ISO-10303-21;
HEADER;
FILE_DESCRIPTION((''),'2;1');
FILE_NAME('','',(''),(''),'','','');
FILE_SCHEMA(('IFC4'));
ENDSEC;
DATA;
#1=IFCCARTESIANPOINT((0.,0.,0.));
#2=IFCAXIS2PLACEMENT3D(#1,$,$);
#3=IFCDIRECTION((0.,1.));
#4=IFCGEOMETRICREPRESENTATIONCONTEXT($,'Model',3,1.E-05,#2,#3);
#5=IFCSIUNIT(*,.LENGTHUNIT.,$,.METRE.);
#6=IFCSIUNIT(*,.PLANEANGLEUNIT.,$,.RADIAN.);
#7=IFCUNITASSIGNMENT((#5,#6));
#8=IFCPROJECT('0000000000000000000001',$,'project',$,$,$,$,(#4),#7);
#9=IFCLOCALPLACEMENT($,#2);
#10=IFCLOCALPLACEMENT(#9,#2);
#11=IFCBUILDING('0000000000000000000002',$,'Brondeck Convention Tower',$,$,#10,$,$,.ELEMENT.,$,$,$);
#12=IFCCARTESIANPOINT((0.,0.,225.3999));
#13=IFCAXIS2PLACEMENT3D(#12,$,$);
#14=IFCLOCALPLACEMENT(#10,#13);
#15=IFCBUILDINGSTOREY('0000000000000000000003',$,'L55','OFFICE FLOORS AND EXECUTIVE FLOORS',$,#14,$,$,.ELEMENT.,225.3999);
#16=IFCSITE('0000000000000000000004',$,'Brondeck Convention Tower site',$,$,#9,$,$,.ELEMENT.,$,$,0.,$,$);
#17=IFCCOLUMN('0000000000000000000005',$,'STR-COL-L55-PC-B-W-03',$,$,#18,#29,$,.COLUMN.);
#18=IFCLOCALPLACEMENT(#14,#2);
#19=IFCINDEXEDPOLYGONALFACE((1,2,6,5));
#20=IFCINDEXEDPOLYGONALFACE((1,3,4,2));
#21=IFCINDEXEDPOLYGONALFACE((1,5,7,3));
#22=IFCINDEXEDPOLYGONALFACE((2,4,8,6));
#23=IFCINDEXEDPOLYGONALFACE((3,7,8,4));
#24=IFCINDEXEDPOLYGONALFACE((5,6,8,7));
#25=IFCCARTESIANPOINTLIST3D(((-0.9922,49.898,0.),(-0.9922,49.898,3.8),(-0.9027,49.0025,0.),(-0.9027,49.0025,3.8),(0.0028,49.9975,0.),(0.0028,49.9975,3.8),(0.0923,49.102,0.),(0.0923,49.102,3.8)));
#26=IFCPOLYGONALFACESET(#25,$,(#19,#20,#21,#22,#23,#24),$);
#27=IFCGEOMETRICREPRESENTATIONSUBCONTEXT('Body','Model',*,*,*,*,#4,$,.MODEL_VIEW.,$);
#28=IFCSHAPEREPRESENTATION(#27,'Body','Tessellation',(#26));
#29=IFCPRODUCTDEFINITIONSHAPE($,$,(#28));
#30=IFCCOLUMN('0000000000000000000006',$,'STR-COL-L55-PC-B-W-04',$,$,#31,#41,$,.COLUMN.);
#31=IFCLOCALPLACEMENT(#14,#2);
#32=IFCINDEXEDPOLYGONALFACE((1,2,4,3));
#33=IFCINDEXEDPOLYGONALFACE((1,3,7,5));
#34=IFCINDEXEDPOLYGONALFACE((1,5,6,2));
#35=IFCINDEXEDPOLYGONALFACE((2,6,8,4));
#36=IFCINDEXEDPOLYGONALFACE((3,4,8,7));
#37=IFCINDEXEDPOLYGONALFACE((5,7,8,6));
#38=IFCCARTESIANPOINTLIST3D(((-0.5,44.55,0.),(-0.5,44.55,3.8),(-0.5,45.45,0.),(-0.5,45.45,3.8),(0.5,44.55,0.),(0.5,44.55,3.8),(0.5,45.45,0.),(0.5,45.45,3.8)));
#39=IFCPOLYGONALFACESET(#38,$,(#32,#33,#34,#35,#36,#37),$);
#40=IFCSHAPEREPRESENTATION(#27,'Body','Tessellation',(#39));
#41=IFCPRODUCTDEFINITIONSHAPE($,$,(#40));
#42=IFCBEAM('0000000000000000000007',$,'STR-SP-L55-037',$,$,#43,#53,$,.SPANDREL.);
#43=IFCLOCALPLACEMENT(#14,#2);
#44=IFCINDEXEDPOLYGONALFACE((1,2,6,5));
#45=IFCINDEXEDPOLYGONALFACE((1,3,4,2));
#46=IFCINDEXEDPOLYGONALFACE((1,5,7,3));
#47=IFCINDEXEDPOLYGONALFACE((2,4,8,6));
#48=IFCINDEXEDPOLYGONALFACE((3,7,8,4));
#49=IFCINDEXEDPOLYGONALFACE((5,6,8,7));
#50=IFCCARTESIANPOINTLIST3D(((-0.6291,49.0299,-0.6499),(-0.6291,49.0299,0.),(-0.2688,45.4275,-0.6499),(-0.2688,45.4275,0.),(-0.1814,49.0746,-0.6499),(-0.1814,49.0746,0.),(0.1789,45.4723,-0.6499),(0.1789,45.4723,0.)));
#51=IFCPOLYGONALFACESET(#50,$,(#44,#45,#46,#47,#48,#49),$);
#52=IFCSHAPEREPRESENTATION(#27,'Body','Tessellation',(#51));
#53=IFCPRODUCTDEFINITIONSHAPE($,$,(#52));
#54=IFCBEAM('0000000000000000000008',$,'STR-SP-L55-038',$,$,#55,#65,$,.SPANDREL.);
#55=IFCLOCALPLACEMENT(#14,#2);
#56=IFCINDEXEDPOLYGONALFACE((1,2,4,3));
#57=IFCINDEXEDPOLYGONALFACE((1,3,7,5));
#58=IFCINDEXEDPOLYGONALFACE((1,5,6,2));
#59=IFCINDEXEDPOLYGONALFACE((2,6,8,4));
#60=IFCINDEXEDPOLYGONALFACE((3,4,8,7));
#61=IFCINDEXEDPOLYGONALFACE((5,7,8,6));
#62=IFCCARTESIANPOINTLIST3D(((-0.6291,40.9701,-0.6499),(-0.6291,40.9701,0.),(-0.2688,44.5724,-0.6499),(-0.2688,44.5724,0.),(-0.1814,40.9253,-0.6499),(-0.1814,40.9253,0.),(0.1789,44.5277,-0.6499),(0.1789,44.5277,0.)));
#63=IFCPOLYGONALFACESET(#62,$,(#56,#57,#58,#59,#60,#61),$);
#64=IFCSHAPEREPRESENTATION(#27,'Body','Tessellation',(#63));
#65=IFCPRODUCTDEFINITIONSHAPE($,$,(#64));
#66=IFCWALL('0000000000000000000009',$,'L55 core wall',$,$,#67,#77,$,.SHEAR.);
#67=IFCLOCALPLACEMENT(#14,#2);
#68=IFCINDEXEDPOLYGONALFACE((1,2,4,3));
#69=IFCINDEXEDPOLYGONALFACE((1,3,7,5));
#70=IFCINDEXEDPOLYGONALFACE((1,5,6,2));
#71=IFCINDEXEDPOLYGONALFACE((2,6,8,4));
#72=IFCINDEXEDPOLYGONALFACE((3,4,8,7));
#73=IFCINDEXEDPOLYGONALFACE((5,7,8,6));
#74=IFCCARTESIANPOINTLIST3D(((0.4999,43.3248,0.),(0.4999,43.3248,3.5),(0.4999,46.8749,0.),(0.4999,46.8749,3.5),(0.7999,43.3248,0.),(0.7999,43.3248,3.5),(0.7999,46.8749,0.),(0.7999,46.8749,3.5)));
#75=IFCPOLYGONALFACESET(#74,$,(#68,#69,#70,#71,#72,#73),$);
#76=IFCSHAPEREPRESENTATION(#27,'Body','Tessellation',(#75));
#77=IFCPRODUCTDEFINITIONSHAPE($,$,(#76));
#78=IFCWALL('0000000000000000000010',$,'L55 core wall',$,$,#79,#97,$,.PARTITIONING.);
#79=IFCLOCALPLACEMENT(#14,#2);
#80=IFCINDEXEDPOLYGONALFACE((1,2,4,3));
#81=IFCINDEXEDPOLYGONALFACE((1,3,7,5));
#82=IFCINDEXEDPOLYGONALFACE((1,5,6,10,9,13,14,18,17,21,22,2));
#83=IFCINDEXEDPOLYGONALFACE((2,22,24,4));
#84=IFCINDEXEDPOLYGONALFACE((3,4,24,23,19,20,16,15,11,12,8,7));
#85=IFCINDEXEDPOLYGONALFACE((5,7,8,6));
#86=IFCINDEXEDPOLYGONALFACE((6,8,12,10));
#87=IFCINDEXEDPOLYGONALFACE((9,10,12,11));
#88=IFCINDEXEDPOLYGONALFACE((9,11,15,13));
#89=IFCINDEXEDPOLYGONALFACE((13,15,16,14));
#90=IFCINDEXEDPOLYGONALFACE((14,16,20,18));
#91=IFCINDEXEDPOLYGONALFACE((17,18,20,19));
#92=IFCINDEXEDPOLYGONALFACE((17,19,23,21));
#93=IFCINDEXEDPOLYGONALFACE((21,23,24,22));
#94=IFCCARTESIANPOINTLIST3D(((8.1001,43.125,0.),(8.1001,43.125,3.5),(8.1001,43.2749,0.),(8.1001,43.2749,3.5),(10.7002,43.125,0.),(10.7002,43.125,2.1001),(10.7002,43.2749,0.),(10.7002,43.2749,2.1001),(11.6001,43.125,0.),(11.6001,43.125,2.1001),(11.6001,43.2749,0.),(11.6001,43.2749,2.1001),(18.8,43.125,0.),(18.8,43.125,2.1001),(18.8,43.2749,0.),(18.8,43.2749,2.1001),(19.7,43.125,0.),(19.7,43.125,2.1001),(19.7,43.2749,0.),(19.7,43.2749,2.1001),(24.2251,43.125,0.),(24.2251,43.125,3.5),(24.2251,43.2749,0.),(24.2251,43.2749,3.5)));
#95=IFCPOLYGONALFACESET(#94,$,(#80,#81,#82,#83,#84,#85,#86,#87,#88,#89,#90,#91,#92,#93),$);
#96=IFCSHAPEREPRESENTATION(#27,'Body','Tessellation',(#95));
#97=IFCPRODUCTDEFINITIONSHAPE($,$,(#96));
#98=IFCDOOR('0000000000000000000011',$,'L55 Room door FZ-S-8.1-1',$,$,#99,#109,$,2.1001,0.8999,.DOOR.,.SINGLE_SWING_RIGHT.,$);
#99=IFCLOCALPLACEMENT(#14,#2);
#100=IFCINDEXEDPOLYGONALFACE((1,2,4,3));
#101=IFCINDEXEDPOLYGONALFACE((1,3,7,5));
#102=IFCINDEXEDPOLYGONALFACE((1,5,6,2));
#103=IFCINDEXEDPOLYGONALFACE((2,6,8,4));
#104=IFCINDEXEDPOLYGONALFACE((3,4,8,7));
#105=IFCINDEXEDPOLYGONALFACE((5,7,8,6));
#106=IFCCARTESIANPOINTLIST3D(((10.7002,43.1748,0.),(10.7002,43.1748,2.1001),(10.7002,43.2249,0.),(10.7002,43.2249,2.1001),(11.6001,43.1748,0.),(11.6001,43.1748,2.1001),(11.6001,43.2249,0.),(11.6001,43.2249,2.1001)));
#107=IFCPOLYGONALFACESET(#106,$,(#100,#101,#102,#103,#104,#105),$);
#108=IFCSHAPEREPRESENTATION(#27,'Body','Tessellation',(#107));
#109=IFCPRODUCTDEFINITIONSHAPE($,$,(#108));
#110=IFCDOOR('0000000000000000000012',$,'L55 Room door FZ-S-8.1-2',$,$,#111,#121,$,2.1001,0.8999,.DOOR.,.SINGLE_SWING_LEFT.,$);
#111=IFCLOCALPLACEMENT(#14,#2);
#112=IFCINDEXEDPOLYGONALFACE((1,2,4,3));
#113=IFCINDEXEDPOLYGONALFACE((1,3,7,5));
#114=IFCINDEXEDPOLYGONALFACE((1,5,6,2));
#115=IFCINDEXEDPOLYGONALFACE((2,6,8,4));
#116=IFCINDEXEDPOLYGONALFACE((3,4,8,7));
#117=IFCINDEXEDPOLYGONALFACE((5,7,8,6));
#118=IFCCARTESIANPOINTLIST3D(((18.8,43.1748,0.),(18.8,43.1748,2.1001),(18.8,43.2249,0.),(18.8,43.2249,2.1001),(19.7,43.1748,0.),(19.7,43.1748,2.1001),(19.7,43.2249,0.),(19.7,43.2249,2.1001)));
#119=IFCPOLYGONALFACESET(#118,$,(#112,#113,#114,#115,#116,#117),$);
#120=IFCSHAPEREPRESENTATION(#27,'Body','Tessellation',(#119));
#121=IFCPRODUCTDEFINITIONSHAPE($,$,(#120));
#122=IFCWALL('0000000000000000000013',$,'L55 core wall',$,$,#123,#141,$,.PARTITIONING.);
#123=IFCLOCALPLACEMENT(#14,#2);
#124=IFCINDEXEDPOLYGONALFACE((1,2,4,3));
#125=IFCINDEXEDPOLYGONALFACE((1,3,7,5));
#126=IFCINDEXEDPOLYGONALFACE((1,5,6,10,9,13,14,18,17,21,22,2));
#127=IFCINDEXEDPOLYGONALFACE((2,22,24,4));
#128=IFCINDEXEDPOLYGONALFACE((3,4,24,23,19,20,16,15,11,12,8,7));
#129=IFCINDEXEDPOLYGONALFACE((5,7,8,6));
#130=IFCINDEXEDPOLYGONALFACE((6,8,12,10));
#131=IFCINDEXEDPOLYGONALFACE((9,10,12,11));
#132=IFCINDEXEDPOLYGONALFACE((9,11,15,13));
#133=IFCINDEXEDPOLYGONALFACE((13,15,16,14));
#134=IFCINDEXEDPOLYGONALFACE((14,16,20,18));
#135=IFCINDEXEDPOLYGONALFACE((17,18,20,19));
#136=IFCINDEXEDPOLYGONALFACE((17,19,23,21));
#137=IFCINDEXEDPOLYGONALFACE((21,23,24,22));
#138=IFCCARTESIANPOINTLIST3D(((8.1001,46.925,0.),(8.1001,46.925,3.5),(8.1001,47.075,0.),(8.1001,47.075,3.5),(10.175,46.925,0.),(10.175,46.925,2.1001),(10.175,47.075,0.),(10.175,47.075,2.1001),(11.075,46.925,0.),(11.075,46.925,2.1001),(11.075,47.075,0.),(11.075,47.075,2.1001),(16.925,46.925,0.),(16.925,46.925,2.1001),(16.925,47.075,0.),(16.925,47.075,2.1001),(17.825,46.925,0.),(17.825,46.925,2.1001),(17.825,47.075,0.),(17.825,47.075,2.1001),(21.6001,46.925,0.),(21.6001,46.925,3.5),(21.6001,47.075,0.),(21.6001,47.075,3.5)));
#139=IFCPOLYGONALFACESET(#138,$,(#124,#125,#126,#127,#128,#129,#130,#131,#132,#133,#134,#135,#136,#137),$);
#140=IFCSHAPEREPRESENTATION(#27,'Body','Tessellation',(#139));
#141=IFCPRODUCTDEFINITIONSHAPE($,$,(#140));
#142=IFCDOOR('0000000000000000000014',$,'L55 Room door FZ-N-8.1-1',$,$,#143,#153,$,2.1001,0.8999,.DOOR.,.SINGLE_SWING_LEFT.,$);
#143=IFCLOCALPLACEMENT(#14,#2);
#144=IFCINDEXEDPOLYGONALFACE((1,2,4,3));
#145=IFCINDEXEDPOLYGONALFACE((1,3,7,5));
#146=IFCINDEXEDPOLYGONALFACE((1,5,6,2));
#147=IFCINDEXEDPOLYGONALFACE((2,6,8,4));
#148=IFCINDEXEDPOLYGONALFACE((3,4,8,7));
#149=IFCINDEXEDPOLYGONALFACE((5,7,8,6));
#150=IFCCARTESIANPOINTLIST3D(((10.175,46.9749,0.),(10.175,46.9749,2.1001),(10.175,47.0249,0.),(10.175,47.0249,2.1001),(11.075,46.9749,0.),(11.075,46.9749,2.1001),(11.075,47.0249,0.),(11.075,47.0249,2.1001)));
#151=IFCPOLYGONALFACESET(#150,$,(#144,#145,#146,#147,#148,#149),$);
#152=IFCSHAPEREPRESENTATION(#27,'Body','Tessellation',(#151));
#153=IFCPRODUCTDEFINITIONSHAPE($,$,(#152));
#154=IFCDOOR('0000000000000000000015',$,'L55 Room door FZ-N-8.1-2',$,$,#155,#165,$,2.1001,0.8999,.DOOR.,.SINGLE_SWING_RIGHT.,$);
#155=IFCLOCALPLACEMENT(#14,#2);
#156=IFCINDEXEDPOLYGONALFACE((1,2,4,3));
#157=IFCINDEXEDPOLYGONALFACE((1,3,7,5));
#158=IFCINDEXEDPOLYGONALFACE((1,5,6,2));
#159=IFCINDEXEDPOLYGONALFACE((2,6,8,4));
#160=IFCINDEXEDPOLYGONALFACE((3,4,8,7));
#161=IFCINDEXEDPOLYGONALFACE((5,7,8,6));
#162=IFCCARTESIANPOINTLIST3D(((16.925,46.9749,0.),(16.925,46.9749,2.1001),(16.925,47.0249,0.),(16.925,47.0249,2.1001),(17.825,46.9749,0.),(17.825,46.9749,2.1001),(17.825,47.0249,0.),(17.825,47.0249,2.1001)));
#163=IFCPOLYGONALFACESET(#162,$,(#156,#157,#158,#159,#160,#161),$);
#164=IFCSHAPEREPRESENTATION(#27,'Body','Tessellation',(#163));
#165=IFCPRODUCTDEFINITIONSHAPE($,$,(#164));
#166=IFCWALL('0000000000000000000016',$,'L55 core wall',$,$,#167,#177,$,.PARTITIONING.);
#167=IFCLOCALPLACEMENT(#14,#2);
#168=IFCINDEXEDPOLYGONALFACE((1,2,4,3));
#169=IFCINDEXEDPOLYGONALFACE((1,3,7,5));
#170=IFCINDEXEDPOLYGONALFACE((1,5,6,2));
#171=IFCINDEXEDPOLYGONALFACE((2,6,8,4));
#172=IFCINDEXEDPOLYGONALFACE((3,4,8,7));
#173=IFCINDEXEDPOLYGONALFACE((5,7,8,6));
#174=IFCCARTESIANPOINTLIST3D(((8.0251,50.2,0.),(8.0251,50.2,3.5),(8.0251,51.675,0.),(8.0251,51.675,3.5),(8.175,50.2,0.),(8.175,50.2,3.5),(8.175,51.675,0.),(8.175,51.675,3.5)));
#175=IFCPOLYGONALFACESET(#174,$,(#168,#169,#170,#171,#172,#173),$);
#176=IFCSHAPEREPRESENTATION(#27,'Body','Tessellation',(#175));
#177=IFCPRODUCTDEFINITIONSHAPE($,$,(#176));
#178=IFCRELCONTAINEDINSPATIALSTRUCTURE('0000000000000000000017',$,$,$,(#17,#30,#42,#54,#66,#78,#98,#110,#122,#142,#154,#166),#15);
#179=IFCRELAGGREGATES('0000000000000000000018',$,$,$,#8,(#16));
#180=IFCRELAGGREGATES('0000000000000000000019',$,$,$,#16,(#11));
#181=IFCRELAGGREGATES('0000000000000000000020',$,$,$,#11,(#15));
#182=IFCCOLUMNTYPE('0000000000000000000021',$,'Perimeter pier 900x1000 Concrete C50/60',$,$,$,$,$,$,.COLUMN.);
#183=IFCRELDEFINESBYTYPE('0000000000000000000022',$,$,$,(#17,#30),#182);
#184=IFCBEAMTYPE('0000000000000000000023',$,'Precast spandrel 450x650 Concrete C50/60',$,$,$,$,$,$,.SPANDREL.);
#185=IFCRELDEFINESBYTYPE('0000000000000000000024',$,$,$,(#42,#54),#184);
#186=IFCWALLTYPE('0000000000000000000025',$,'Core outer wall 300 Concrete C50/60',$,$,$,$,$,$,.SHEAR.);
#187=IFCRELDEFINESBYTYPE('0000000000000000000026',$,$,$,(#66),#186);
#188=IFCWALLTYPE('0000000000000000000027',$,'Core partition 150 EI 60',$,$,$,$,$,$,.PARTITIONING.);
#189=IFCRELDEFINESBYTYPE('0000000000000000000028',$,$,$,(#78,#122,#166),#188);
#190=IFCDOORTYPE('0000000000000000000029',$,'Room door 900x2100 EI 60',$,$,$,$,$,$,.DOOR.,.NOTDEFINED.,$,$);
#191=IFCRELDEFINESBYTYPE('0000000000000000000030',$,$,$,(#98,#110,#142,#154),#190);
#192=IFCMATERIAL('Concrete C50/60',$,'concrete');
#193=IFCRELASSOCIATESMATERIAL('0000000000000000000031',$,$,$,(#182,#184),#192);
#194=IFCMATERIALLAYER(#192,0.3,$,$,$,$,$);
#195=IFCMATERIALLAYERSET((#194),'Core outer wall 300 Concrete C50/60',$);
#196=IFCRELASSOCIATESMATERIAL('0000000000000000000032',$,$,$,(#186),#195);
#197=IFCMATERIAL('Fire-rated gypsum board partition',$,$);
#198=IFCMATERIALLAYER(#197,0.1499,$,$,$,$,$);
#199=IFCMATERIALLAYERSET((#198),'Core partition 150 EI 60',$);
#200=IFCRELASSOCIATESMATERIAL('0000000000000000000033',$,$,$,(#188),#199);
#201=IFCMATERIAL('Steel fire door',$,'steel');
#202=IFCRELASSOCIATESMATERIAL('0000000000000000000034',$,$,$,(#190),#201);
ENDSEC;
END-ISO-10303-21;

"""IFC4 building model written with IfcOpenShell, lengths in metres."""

from ifc_helpers import new_model, si_unit, direction, frame, frame_2d, origin, origin_2d, place, context, subcontext, project, spatial, rectangle, extrude, material, layer, layer_set, material_profile, profile_set, type_object, element, fill, save


model = new_model("IFC4")

# Units and contexts
model_context = context("Model", 3, precision=1e-05, world=origin(), true_north=direction((0.0, 1.0)))
body_context = subcontext(model_context, "Body", "Model", "MODEL_VIEW")
ifc_project = project(units=[si_unit("LENGTHUNIT", "METRE"), si_unit("PLANEANGLEUNIT", "RADIAN")], contexts=[model_context])

# Site, building, storey
site_placement = place(None, origin())
site = spatial("IfcSite", under=ifc_project, at=site_placement, Name="Brondeck Convention Tower site", CompositionType="ELEMENT", RefElevation=0.0)
building_placement = place(site_placement, origin())
building = spatial("IfcBuilding", under=site, at=building_placement, Name="Brondeck Convention Tower", CompositionType="ELEMENT")
storey_placement = place(building_placement, frame((0.0, 0.0, 225.3999)))
storey = spatial("IfcBuildingStorey", under=building, at=storey_placement, Name="L55", Description="OFFICE FLOORS AND EXECUTIVE FLOORS", CompositionType="ELEMENT", Elevation=225.3999)

# Columns
ifc_material_1 = material(Name="Concrete C50/60", Category="concrete")
ifc_material_profile_1 = material_profile(ifc_material_1, rectangle(XDim=0.8999, YDim=1.0, at=origin_2d()), Name="Perimeter pier 900x1000 Concrete C50/60")
ifc_profile_set_1 = profile_set([ifc_material_profile_1], Name="Concrete C50/60")
column_type = type_object("IfcColumnType", Name="Perimeter pier 900x1000 Concrete C50/60", PredefinedType="COLUMN", material=ifc_profile_set_1)
for number, where, z_axis, x_axis, name in (
    (1, (-0.45, 49.5, 0.0), (0.0, 0.0, 1.0), (0.099504, -0.995037, 0.0), "STR-COL-L55-PC-B-W-03"),
    (2, (0.0, 45.0, 0.0), (0.0, 0.0, 1.0), (0.0, -1.0, 0.0), "STR-COL-L55-PC-B-W-04"),
):
    element("IfcColumn", number, at=place(storey_placement, frame(where, z_axis=z_axis, x_axis=x_axis)), inside=storey, type_object=column_type, Name=name, PredefinedType="COLUMN", context=body_context, shape_type="SweptSolid", body=[
        extrude(rectangle(XDim=0.8999, YDim=1.0, at=origin_2d()), origin(), (0.0, 0.0, 1.0), 3.8),
    ])

# Beams
ifc_material_profile_2 = material_profile(ifc_material_1, rectangle(XDim=0.45, YDim=0.6499, at=origin_2d()), Name="Precast spandrel 450x650 Concrete C50/60")
ifc_profile_set_2 = profile_set([ifc_material_profile_2], Name="Concrete C50/60")
beam_type = type_object("IfcBeamType", Name="Precast spandrel 450x650 Concrete C50/60", PredefinedType="SPANDREL", material=ifc_profile_set_2)
for number, where, z_axis, x_axis, name in (
    (3, (-0.4053, 49.0522, -0.325), (0.099537, -0.995034, 0.0), (0.995034, 0.099537, 0.0), "STR-SP-L55-037"),
    (4, (-0.0449, 44.55, -0.325), (-0.099537, -0.995034, 0.0), (0.995034, -0.099537, 0.0), "STR-SP-L55-038"),
):
    element("IfcBeam", number, at=place(storey_placement, frame(where, z_axis=z_axis, x_axis=x_axis)), inside=storey, type_object=beam_type, Name=name, PredefinedType="SPANDREL", context=body_context, shape_type="SweptSolid", body=[
        extrude(rectangle(XDim=0.45, YDim=0.6499, at=origin_2d()), origin(), (0.0, 0.0, 1.0), 3.6204),
    ])

# Wall
ifc_layer_1 = layer(ifc_material_1, 0.3)
ifc_layer_set_1 = layer_set([ifc_layer_1], Name="Core outer wall 300 Concrete C50/60")
wall_type_1 = type_object("IfcWallType", Name="Core outer wall 300 Concrete C50/60", PredefinedType="SHEAR", material=ifc_layer_set_1)
wall_1_placement = place(storey_placement, frame((0.6499, 43.325, 0.0), z_axis=(0.0, 0.0, 1.0), x_axis=(0.0, 1.0, 0.0)))
element("IfcWall", 5, at=wall_1_placement, inside=storey, type_object=wall_type_1, Name="L55 core wall", PredefinedType="SHEAR", context=body_context, shape_type="SweptSolid", body=[
    extrude(rectangle(XDim=3.55, YDim=0.3, at=frame_2d((1.7749, 0.0))), origin(), (0.0, 0.0, 1.0), 3.5),
])

# Walls, openings, doors
ifc_material_2 = material(Name="Fire-rated gypsum board partition")
ifc_layer_2 = layer(ifc_material_2, 0.1499)
ifc_layer_set_2 = layer_set([ifc_layer_2], Name="Core partition 150 EI 60")
wall_type_2 = type_object("IfcWallType", Name="Core partition 150 EI 60", PredefinedType="PARTITIONING", material=ifc_layer_set_2)
wall_2_placement = place(storey_placement, frame((8.1001, 43.2, 0.0), z_axis=(0.0, 0.0, 1.0), x_axis=(1.0, 0.0, 0.0)))
wall_2 = element("IfcWall", 6, at=wall_2_placement, inside=storey, type_object=wall_type_2, Name="L55 core wall", PredefinedType="PARTITIONING", context=body_context, shape_type="SweptSolid", body=[
    extrude(rectangle(XDim=16.125, YDim=0.1499, at=frame_2d((8.0625, 0.0))), origin(), (0.0, 0.0, 1.0), 3.5),
])
opening_1_placement = place(wall_2_placement, frame((2.6001, 0.0, 0.0)))
opening_1 = element("IfcOpeningElement", 7, at=opening_1_placement, cuts=wall_2, PredefinedType="OPENING", context=body_context, shape_type="SweptSolid", body=[
    extrude(rectangle(XDim=0.8999, YDim=2.1001, at=frame_2d((0.45, 1.05))), frame((0.0, 0.085, 0.0), z_axis=(0.0, -1.0, 0.0), x_axis=(1.0, 0.0, 0.0)), (0.0, 0.0, 1.0), 0.1699),
])
opening_2_placement = place(wall_2_placement, frame((10.7, 0.0, 0.0)))
opening_2 = element("IfcOpeningElement", 8, at=opening_2_placement, cuts=wall_2, PredefinedType="OPENING", context=body_context, shape_type="SweptSolid", body=[
    extrude(rectangle(XDim=0.8999, YDim=2.1001, at=frame_2d((0.45, 1.05))), frame((0.0, 0.085, 0.0), z_axis=(0.0, -1.0, 0.0), x_axis=(1.0, 0.0, 0.0)), (0.0, 0.0, 1.0), 0.1699),
])
ifc_material_3 = material(Name="Steel fire door", Category="steel")
door_type_1 = type_object("IfcDoorType", Name="Room door 900x2100 EI 60", OperationType="NOTDEFINED", PredefinedType="DOOR", material=ifc_material_3)
door_1_placement = place(opening_1_placement, origin())
door_1 = element("IfcDoor", 9, at=door_1_placement, inside=storey, type_object=door_type_1, Name="L55 Room door FZ-S-8.1-1", OperationType="SINGLE_SWING_RIGHT", OverallHeight=2.1001, OverallWidth=0.8999, PredefinedType="DOOR", context=body_context, shape_type="SweptSolid", body=[
    extrude(rectangle(XDim=0.8999, YDim=2.1001, at=frame_2d((0.45, 1.05))), frame((0.0, 0.0249, 0.0), z_axis=(0.0, -1.0, 0.0), x_axis=(1.0, 0.0, 0.0)), (0.0, 0.0, 1.0), 0.05),
])
fill(opening_1, door_1)
door_2_placement = place(opening_2_placement, origin())
door_2 = element("IfcDoor", 10, at=door_2_placement, inside=storey, type_object=door_type_1, Name="L55 Room door FZ-S-8.1-2", OperationType="SINGLE_SWING_LEFT", OverallHeight=2.1001, OverallWidth=0.8999, PredefinedType="DOOR", context=body_context, shape_type="SweptSolid", body=[
    extrude(rectangle(XDim=0.8999, YDim=2.1001, at=frame_2d((0.45, 1.05))), frame((0.0, 0.0249, 0.0), z_axis=(0.0, -1.0, 0.0), x_axis=(1.0, 0.0, 0.0)), (0.0, 0.0, 1.0), 0.05),
])
fill(opening_2, door_2)
wall_3_placement = place(storey_placement, frame((8.1001, 47.0, 0.0), z_axis=(0.0, 0.0, 1.0), x_axis=(1.0, 0.0, 0.0)))
wall_3 = element("IfcWall", 11, at=wall_3_placement, inside=storey, type_object=wall_type_2, Name="L55 core wall", PredefinedType="PARTITIONING", context=body_context, shape_type="SweptSolid", body=[
    extrude(rectangle(XDim=13.5, YDim=0.1499, at=frame_2d((6.75, 0.0))), origin(), (0.0, 0.0, 1.0), 3.5),
])
opening_3_placement = place(wall_3_placement, frame((2.075, 0.0, 0.0)))
opening_3 = element("IfcOpeningElement", 12, at=opening_3_placement, cuts=wall_3, PredefinedType="OPENING", context=body_context, shape_type="SweptSolid", body=[
    extrude(rectangle(XDim=0.8999, YDim=2.1001, at=frame_2d((0.45, 1.05))), frame((0.0, 0.085, 0.0), z_axis=(0.0, -1.0, 0.0), x_axis=(1.0, 0.0, 0.0)), (0.0, 0.0, 1.0), 0.1699),
])
opening_4_placement = place(wall_3_placement, frame((8.825, 0.0, 0.0)))
opening_4 = element("IfcOpeningElement", 13, at=opening_4_placement, cuts=wall_3, PredefinedType="OPENING", context=body_context, shape_type="SweptSolid", body=[
    extrude(rectangle(XDim=0.8999, YDim=2.1001, at=frame_2d((0.45, 1.05))), frame((0.0, 0.085, 0.0), z_axis=(0.0, -1.0, 0.0), x_axis=(1.0, 0.0, 0.0)), (0.0, 0.0, 1.0), 0.1699),
])
door_3_placement = place(opening_3_placement, origin())
door_3 = element("IfcDoor", 14, at=door_3_placement, inside=storey, type_object=door_type_1, Name="L55 Room door FZ-N-8.1-1", OperationType="SINGLE_SWING_LEFT", OverallHeight=2.1001, OverallWidth=0.8999, PredefinedType="DOOR", context=body_context, shape_type="SweptSolid", body=[
    extrude(rectangle(XDim=0.8999, YDim=2.1001, at=frame_2d((0.45, 1.05))), frame((0.0, 0.0249, 0.0), z_axis=(0.0, -1.0, 0.0), x_axis=(1.0, 0.0, 0.0)), (0.0, 0.0, 1.0), 0.05),
])
fill(opening_3, door_3)
door_4_placement = place(opening_4_placement, origin())
door_4 = element("IfcDoor", 15, at=door_4_placement, inside=storey, type_object=door_type_1, Name="L55 Room door FZ-N-8.1-2", OperationType="SINGLE_SWING_RIGHT", OverallHeight=2.1001, OverallWidth=0.8999, PredefinedType="DOOR", context=body_context, shape_type="SweptSolid", body=[
    extrude(rectangle(XDim=0.8999, YDim=2.1001, at=frame_2d((0.45, 1.05))), frame((0.0, 0.0249, 0.0), z_axis=(0.0, -1.0, 0.0), x_axis=(1.0, 0.0, 0.0)), (0.0, 0.0, 1.0), 0.05),
])
fill(opening_4, door_4)

# Wall
wall_4_placement = place(storey_placement, frame((8.1001, 50.2, 0.0), z_axis=(0.0, 0.0, 1.0), x_axis=(0.0, 1.0, 0.0)))
element("IfcWall", 16, at=wall_4_placement, inside=storey, type_object=wall_type_2, Name="L55 core wall", PredefinedType="PARTITIONING", context=body_context, shape_type="SweptSolid", body=[
    extrude(rectangle(XDim=1.4751, YDim=0.1499, at=frame_2d((0.7375, 0.0))), origin(), (0.0, 0.0, 1.0), 3.5),
])

save(model, "model.ifc")
